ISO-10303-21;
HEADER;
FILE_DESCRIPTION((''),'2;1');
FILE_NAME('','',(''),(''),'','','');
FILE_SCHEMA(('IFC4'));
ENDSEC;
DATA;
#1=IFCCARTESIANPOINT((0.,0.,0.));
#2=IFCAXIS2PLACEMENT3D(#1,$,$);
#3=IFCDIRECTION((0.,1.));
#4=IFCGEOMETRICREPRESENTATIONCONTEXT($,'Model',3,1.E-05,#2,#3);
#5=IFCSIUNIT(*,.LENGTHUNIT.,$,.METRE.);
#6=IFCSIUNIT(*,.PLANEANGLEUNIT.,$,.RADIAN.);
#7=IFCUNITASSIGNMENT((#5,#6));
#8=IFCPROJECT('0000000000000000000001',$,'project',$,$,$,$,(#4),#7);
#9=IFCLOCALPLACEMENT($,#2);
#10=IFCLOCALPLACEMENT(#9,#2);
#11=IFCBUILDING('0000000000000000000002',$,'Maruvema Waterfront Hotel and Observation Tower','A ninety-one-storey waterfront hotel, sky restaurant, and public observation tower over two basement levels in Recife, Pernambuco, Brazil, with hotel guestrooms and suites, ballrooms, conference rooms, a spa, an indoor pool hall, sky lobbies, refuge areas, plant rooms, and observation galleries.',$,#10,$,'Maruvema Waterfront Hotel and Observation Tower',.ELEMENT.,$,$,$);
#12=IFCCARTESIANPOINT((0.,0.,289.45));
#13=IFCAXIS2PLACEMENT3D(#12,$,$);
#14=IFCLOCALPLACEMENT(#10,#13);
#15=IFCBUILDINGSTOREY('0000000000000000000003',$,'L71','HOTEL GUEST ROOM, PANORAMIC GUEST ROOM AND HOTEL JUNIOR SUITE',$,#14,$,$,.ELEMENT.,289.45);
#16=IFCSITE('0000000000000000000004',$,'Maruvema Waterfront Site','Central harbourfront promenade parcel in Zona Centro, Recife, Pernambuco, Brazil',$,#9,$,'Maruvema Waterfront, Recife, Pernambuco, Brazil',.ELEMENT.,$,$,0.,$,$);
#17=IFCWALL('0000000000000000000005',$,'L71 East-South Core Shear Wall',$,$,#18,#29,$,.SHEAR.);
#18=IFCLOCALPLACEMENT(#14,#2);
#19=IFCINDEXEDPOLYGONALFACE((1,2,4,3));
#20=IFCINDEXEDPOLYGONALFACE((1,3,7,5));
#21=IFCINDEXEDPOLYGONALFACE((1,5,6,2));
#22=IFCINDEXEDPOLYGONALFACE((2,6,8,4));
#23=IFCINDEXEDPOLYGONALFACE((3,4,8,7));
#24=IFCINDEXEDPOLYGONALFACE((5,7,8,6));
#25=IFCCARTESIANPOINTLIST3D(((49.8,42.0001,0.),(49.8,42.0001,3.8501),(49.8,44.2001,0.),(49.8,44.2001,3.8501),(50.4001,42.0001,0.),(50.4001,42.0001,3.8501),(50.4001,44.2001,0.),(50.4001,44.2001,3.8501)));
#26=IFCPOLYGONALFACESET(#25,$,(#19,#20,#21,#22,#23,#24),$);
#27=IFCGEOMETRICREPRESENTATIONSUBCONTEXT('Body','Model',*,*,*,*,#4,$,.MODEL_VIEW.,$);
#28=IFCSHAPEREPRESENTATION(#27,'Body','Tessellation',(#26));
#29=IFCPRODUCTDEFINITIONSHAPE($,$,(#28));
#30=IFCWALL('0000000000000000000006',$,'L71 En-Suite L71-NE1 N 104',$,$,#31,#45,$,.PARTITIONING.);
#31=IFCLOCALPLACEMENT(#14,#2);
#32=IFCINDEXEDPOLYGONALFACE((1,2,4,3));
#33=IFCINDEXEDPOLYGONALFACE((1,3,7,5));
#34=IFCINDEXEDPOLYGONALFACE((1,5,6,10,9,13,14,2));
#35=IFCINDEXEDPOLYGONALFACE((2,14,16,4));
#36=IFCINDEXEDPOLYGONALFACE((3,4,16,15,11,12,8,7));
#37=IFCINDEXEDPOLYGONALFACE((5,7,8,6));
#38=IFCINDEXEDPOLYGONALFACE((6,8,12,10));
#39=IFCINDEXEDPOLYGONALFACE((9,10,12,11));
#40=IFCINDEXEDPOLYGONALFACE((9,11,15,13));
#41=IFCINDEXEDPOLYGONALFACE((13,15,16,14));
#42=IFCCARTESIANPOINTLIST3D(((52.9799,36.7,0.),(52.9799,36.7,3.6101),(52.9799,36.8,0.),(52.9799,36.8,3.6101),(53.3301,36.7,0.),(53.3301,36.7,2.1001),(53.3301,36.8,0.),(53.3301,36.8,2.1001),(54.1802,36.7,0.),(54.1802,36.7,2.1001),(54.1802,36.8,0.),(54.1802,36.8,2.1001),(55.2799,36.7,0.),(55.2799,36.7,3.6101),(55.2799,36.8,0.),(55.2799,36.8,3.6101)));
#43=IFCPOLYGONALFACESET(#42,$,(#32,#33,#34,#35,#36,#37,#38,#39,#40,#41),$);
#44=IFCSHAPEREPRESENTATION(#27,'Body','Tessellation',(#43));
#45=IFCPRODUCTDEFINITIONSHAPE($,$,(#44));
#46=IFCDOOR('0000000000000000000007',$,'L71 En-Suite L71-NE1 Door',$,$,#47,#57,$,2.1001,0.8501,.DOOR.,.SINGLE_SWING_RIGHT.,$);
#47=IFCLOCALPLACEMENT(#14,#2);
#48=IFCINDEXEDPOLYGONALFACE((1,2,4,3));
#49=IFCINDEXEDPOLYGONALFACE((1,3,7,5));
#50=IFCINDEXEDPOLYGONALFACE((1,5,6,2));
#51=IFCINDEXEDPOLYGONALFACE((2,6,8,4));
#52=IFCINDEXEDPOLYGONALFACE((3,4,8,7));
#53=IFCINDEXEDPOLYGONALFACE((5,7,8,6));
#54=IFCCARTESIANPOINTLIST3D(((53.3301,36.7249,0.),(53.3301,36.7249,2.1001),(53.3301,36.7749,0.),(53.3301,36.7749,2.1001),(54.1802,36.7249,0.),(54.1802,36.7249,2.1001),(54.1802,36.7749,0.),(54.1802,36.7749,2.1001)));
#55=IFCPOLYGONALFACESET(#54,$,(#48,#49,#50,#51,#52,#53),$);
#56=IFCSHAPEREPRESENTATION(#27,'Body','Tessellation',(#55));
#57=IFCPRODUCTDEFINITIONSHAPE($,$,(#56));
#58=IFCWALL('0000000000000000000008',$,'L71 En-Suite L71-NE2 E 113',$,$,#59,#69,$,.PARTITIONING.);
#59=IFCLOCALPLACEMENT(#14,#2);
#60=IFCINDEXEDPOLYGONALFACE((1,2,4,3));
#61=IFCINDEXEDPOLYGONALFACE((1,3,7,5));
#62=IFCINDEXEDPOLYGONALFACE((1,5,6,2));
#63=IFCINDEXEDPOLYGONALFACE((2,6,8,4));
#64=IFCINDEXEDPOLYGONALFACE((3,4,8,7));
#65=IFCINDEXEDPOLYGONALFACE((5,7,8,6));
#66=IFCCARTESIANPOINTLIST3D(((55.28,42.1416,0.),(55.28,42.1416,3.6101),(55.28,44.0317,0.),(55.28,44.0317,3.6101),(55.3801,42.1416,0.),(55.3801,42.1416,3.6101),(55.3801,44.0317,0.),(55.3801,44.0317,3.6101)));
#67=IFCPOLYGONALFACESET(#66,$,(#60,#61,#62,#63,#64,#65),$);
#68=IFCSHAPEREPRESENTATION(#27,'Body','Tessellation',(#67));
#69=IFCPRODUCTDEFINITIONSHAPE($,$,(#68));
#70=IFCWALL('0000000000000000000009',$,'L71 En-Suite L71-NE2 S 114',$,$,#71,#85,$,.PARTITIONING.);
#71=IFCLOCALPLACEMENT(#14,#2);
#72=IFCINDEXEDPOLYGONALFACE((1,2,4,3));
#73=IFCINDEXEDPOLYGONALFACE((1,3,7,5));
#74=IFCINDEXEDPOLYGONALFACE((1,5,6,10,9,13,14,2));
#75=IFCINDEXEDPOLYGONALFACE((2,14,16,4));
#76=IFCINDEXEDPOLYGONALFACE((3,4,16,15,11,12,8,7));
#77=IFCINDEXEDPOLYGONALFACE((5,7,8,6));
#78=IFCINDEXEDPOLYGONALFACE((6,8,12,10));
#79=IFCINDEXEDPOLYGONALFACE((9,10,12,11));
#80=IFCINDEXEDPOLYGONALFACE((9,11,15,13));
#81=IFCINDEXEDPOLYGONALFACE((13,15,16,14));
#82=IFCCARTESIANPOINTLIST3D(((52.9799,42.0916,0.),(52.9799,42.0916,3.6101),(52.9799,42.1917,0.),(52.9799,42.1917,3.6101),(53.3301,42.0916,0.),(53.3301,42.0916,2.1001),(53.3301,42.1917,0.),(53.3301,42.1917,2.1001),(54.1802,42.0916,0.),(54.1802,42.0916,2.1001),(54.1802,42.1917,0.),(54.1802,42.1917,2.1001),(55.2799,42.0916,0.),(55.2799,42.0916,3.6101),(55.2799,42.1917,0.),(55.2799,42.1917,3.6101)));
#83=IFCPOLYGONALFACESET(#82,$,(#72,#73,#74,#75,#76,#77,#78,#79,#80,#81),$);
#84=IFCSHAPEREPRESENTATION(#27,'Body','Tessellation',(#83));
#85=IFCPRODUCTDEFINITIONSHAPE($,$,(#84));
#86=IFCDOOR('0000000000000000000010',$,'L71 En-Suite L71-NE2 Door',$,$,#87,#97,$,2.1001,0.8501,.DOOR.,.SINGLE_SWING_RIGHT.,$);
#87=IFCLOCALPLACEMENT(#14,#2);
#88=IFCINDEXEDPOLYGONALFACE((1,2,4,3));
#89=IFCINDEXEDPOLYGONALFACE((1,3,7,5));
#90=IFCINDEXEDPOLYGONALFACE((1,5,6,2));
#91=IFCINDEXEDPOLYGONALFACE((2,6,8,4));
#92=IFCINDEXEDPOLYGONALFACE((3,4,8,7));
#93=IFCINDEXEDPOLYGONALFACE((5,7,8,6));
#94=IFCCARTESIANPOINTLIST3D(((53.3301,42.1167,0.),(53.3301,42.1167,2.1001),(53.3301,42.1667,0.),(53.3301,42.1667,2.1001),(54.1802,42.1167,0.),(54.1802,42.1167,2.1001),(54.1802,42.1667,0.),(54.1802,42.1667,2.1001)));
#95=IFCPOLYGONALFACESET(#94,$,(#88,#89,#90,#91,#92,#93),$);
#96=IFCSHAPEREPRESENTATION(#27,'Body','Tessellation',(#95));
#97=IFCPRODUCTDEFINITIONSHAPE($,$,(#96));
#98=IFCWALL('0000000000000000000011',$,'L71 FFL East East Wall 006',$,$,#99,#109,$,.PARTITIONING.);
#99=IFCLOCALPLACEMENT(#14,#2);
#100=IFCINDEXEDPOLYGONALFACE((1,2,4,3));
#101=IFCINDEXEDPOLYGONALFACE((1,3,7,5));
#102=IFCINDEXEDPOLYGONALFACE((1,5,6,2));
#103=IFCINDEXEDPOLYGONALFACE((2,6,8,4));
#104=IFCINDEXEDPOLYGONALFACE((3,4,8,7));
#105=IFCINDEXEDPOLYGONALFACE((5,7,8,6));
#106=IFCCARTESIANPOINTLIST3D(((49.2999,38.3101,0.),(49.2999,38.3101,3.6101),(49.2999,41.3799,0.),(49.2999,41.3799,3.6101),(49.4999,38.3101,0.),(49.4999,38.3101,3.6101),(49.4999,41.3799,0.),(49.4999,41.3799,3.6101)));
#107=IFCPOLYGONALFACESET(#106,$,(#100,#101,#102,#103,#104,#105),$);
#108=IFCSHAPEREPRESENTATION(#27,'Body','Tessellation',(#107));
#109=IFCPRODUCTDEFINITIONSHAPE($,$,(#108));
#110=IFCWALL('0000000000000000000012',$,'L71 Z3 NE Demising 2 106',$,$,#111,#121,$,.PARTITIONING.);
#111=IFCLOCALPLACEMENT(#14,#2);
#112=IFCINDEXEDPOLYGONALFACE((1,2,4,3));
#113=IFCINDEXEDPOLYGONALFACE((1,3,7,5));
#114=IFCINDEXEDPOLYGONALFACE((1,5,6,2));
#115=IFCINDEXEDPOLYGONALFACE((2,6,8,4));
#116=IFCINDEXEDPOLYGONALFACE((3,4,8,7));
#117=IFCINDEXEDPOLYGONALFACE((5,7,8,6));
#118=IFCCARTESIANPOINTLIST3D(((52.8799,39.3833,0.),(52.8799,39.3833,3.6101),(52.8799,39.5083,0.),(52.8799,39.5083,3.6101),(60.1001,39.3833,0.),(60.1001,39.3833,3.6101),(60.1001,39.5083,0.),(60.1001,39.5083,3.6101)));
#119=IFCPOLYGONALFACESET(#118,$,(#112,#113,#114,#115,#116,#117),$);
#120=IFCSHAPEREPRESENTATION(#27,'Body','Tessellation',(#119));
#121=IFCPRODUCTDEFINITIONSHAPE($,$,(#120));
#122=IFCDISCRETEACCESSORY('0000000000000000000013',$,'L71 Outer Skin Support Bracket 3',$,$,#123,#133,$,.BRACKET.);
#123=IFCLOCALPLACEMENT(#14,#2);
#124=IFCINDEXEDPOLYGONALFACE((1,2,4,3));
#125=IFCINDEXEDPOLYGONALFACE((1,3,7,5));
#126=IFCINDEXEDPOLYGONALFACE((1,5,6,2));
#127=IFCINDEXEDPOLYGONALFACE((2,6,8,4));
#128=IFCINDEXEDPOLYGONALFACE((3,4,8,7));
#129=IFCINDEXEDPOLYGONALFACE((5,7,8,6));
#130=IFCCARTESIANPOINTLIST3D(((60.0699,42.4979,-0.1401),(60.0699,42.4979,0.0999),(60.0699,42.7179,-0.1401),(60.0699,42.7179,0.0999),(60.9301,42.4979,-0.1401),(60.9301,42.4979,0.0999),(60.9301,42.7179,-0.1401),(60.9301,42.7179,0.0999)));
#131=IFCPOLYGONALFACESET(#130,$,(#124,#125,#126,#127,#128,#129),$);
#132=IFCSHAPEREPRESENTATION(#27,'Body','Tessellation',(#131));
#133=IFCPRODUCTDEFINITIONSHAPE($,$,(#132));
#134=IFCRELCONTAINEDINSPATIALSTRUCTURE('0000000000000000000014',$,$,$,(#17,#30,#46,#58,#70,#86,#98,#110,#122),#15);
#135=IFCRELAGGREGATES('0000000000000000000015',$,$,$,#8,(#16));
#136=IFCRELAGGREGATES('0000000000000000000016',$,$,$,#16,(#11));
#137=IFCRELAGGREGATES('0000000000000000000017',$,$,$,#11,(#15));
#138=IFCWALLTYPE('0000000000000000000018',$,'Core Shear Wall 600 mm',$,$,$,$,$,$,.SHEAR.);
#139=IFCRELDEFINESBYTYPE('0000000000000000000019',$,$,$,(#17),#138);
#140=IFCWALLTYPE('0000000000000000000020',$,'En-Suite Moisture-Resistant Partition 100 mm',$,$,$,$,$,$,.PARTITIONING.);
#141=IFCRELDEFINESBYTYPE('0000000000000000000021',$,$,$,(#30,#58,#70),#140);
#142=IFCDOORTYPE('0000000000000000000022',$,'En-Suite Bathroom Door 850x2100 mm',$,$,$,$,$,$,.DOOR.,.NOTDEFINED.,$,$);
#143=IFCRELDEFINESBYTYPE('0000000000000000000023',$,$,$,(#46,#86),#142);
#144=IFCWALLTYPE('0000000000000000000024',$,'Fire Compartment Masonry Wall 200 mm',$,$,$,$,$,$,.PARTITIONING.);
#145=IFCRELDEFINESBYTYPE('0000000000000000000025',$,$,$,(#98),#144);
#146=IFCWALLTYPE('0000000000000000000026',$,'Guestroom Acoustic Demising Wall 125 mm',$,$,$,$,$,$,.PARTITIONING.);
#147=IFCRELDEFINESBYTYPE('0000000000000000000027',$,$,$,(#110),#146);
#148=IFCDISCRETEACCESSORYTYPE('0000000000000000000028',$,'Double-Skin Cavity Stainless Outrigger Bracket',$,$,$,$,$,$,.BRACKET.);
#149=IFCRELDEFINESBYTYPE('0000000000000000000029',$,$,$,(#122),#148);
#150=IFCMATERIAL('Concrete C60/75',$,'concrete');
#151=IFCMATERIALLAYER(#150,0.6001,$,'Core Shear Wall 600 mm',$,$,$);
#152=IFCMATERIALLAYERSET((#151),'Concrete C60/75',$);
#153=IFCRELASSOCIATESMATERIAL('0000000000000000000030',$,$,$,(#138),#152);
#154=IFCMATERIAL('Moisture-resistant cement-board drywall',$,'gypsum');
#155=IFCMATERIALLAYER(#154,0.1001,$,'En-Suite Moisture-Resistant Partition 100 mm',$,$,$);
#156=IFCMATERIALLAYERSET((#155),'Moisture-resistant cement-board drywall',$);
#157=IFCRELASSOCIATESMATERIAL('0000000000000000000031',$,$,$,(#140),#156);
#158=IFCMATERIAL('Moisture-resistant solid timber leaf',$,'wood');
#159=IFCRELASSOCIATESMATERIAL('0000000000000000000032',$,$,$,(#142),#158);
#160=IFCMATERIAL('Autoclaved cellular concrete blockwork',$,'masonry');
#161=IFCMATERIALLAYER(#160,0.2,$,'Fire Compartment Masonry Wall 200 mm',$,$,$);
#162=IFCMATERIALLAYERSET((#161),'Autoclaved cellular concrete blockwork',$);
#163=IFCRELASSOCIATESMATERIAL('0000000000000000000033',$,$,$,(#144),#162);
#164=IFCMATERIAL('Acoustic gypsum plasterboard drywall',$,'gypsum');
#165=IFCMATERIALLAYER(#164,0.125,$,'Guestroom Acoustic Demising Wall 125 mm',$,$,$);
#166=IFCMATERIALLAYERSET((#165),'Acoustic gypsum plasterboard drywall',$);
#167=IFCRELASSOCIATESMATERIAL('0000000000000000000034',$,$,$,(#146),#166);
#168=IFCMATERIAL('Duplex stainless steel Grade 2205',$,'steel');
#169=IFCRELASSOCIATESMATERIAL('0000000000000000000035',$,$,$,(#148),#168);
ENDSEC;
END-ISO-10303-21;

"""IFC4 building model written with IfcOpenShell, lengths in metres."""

from ifc_helpers import new_model, si_unit, direction, frame, frame_2d, origin, origin_2d, place, context, subcontext, project, spatial, rectangle, extrude, material, layer, layer_set, type_object, element, fill, save


model = new_model("IFC4")

# Units and contexts
model_context = context("Model", 3, precision=1e-05, world=origin(), true_north=direction((0.0, 1.0)))
body_context = subcontext(model_context, "Body", "Model", "MODEL_VIEW")
ifc_project = project(units=[si_unit("LENGTHUNIT", "METRE"), si_unit("PLANEANGLEUNIT", "RADIAN")], contexts=[model_context])

# Site, building, storey
site_placement = place(None, origin())
site = spatial("IfcSite", under=ifc_project, at=site_placement, Name="Maruvema Waterfront Site", Description="Central harbourfront promenade parcel in Zona Centro, Recife, Pernambuco, Brazil", LongName="Maruvema Waterfront, Recife, Pernambuco, Brazil", CompositionType="ELEMENT", RefElevation=0.0)
building_placement = place(site_placement, origin())
building = spatial("IfcBuilding", under=site, at=building_placement, Name="Maruvema Waterfront Hotel and Observation Tower", Description="A ninety-one-storey waterfront hotel, sky restaurant, and public observation tower over two basement levels in Recife, Pernambuco, Brazil, with hotel guestrooms and suites, ballrooms, conference rooms, a spa, an indoor pool hall, sky lobbies, refuge areas, plant rooms, and observation galleries.", LongName="Maruvema Waterfront Hotel and Observation Tower", CompositionType="ELEMENT")
storey_placement = place(building_placement, frame((0.0, 0.0, 289.45)))
storey = spatial("IfcBuildingStorey", under=building, at=storey_placement, Name="L71", Description="HOTEL GUEST ROOM, PANORAMIC GUEST ROOM AND HOTEL JUNIOR SUITE", CompositionType="ELEMENT", Elevation=289.45)

# Wall
ifc_material_1 = material(Name="Concrete C60/75", Category="concrete")
ifc_layer_1 = layer(ifc_material_1, 0.6001, Name="Core Shear Wall 600 mm")
ifc_layer_set_1 = layer_set([ifc_layer_1], Name="Concrete C60/75")
wall_type_1 = type_object("IfcWallType", Name="Core Shear Wall 600 mm", PredefinedType="SHEAR", material=ifc_layer_set_1)
wall_1_placement = place(storey_placement, frame((50.1001, 42.0, 0.0), z_axis=(0.0, 0.0, 1.0), x_axis=(0.0, 1.0, 0.0)))
element("IfcWall", 1, at=wall_1_placement, inside=storey, type_object=wall_type_1, Name="L71 East-South Core Shear Wall", PredefinedType="SHEAR", context=body_context, shape_type="SweptSolid", body=[
    extrude(rectangle(XDim=2.2, YDim=0.6001, at=frame_2d((1.1001, 0.0))), origin(), (0.0, 0.0, 1.0), 3.8501),
])

# Wall, opening, door
ifc_material_2 = material(Name="Moisture-resistant cement-board drywall", Category="gypsum")
ifc_layer_2 = layer(ifc_material_2, 0.1001, Name="En-Suite Moisture-Resistant Partition 100 mm")
ifc_layer_set_2 = layer_set([ifc_layer_2], Name="Moisture-resistant cement-board drywall")
wall_type_2 = type_object("IfcWallType", Name="En-Suite Moisture-Resistant Partition 100 mm", PredefinedType="PARTITIONING", material=ifc_layer_set_2)
wall_2_placement = place(storey_placement, frame((52.98, 36.75, 0.0), z_axis=(0.0, 0.0, 1.0), x_axis=(1.0, 0.0, 0.0)))
wall_2 = element("IfcWall", 2, at=wall_2_placement, inside=storey, type_object=wall_type_2, Name="L71 En-Suite L71-NE1 N 104", PredefinedType="PARTITIONING", context=body_context, shape_type="SweptSolid", body=[
    extrude(rectangle(XDim=2.3, YDim=0.1001, at=frame_2d((1.1499, 0.0))), origin(), (0.0, 0.0, 1.0), 3.6101),
])
opening_1_placement = place(wall_2_placement, frame((0.3501, 0.0, 0.0)))
opening_1 = element("IfcOpeningElement", 3, at=opening_1_placement, cuts=wall_2, PredefinedType="OPENING", context=body_context, shape_type="SweptSolid", body=[
    extrude(rectangle(XDim=0.8501, YDim=2.1001, at=frame_2d((0.425, 1.05))), frame((0.0, 0.0601, 0.0), z_axis=(0.0, -1.0, 0.0), x_axis=(1.0, 0.0, 0.0)), (0.0, 0.0, 1.0), 0.1201),
])
ifc_material_3 = material(Name="Moisture-resistant solid timber leaf", Category="wood")
door_type_1 = type_object("IfcDoorType", Name="En-Suite Bathroom Door 850x2100 mm", OperationType="NOTDEFINED", PredefinedType="DOOR", material=ifc_material_3)
door_1_placement = place(opening_1_placement, origin())
door_1 = element("IfcDoor", 4, at=door_1_placement, inside=storey, type_object=door_type_1, Name="L71 En-Suite L71-NE1 Door", OperationType="SINGLE_SWING_RIGHT", OverallHeight=2.1001, OverallWidth=0.8501, PredefinedType="DOOR", context=body_context, shape_type="SweptSolid", body=[
    extrude(rectangle(XDim=0.8501, YDim=2.1001, at=frame_2d((0.425, 1.05))), frame((0.0, 0.0249, 0.0), z_axis=(0.0, -1.0, 0.0), x_axis=(1.0, 0.0, 0.0)), (0.0, 0.0, 1.0), 0.05),
])
fill(opening_1, door_1)

# Wall
wall_3_placement = place(storey_placement, frame((55.3301, 42.1416, 0.0), z_axis=(0.0, 0.0, 1.0), x_axis=(0.0, 1.0, 0.0)))
element("IfcWall", 5, at=wall_3_placement, inside=storey, type_object=wall_type_2, Name="L71 En-Suite L71-NE2 E 113", PredefinedType="PARTITIONING", context=body_context, shape_type="SweptSolid", body=[
    extrude(rectangle(XDim=1.8901, YDim=0.1001, at=frame_2d((0.9451, 0.0))), origin(), (0.0, 0.0, 1.0), 3.6101),
])

# Wall, opening, door
wall_4_placement = place(storey_placement, frame((52.98, 42.1416, 0.0), z_axis=(0.0, 0.0, 1.0), x_axis=(1.0, 0.0, 0.0)))
wall_4 = element("IfcWall", 6, at=wall_4_placement, inside=storey, type_object=wall_type_2, Name="L71 En-Suite L71-NE2 S 114", PredefinedType="PARTITIONING", context=body_context, shape_type="SweptSolid", body=[
    extrude(rectangle(XDim=2.3, YDim=0.1001, at=frame_2d((1.1499, 0.0))), origin(), (0.0, 0.0, 1.0), 3.6101),
])
opening_2_placement = place(wall_4_placement, frame((0.3501, 0.0, 0.0)))
opening_2 = element("IfcOpeningElement", 7, at=opening_2_placement, cuts=wall_4, PredefinedType="OPENING", context=body_context, shape_type="SweptSolid", body=[
    extrude(rectangle(XDim=0.8501, YDim=2.1001, at=frame_2d((0.425, 1.05))), frame((0.0, 0.0601, 0.0), z_axis=(0.0, -1.0, 0.0), x_axis=(1.0, 0.0, 0.0)), (0.0, 0.0, 1.0), 0.1201),
])
door_2_placement = place(opening_2_placement, frame((0.8501, 0.0, 0.0), z_axis=(0.0, 0.0, 1.0), x_axis=(-1.0, 0.0, 0.0)))
door_2 = element("IfcDoor", 8, at=door_2_placement, inside=storey, type_object=door_type_1, Name="L71 En-Suite L71-NE2 Door", OperationType="SINGLE_SWING_RIGHT", OverallHeight=2.1001, OverallWidth=0.8501, PredefinedType="DOOR", context=body_context, shape_type="SweptSolid", body=[
    extrude(rectangle(XDim=0.8501, YDim=2.1001, at=frame_2d((0.425, 1.05))), frame((0.0, 0.0249, 0.0), z_axis=(0.0, -1.0, 0.0), x_axis=(1.0, 0.0, 0.0)), (0.0, 0.0, 1.0), 0.05),
])
fill(opening_2, door_2)

# Walls
ifc_material_4 = material(Name="Autoclaved cellular concrete blockwork", Category="masonry")
ifc_layer_3 = layer(ifc_material_4, 0.2, Name="Fire Compartment Masonry Wall 200 mm")
ifc_layer_set_3 = layer_set([ifc_layer_3], Name="Autoclaved cellular concrete blockwork")
wall_type_3 = type_object("IfcWallType", Name="Fire Compartment Masonry Wall 200 mm", PredefinedType="PARTITIONING", material=ifc_layer_set_3)
wall_5_placement = place(storey_placement, frame((49.3999, 38.3101, 0.0), z_axis=(0.0, 0.0, 1.0), x_axis=(0.0, 1.0, 0.0)))
element("IfcWall", 9, at=wall_5_placement, inside=storey, type_object=wall_type_3, Name="L71 FFL East East Wall 006", PredefinedType="PARTITIONING", context=body_context, shape_type="SweptSolid", body=[
    extrude(rectangle(XDim=3.0698, YDim=0.2, at=frame_2d((1.5349, 0.0))), origin(), (0.0, 0.0, 1.0), 3.6101),
])
ifc_material_5 = material(Name="Acoustic gypsum plasterboard drywall", Category="gypsum")
ifc_layer_4 = layer(ifc_material_5, 0.125, Name="Guestroom Acoustic Demising Wall 125 mm")
ifc_layer_set_4 = layer_set([ifc_layer_4], Name="Acoustic gypsum plasterboard drywall")
wall_type_4 = type_object("IfcWallType", Name="Guestroom Acoustic Demising Wall 125 mm", PredefinedType="PARTITIONING", material=ifc_layer_set_4)
wall_6_placement = place(storey_placement, frame((52.8799, 39.4458, 0.0), z_axis=(0.0, 0.0, 1.0), x_axis=(1.0, 0.0, 0.0)))
element("IfcWall", 10, at=wall_6_placement, inside=storey, type_object=wall_type_4, Name="L71 Z3 NE Demising 2 106", PredefinedType="PARTITIONING", context=body_context, shape_type="SweptSolid", body=[
    extrude(rectangle(XDim=7.2202, YDim=0.125, at=frame_2d((3.6101, 0.0))), origin(), (0.0, 0.0, 1.0), 3.6101),
])

# Discrete accessory
ifc_material_6 = material(Name="Duplex stainless steel Grade 2205", Category="steel")
discrete_accessory_type = type_object("IfcDiscreteAccessoryType", Name="Double-Skin Cavity Stainless Outrigger Bracket", PredefinedType="BRACKET", material=ifc_material_6)
discrete_accessory_placement = place(storey_placement, frame((60.5, 42.6079, -0.1401), z_axis=(0.0, 0.0, 1.0), x_axis=(0.0, 1.0, 0.0)))
element("IfcDiscreteAccessory", 11, at=discrete_accessory_placement, inside=storey, type_object=discrete_accessory_type, Name="L71 Outer Skin Support Bracket 3", PredefinedType="BRACKET", context=body_context, shape_type="SweptSolid", body=[
    extrude(rectangle(XDim=0.22, YDim=0.8601, at=origin_2d()), origin(), (0.0, 0.0, 1.0), 0.24),
])

save(model, "model.ifc")
